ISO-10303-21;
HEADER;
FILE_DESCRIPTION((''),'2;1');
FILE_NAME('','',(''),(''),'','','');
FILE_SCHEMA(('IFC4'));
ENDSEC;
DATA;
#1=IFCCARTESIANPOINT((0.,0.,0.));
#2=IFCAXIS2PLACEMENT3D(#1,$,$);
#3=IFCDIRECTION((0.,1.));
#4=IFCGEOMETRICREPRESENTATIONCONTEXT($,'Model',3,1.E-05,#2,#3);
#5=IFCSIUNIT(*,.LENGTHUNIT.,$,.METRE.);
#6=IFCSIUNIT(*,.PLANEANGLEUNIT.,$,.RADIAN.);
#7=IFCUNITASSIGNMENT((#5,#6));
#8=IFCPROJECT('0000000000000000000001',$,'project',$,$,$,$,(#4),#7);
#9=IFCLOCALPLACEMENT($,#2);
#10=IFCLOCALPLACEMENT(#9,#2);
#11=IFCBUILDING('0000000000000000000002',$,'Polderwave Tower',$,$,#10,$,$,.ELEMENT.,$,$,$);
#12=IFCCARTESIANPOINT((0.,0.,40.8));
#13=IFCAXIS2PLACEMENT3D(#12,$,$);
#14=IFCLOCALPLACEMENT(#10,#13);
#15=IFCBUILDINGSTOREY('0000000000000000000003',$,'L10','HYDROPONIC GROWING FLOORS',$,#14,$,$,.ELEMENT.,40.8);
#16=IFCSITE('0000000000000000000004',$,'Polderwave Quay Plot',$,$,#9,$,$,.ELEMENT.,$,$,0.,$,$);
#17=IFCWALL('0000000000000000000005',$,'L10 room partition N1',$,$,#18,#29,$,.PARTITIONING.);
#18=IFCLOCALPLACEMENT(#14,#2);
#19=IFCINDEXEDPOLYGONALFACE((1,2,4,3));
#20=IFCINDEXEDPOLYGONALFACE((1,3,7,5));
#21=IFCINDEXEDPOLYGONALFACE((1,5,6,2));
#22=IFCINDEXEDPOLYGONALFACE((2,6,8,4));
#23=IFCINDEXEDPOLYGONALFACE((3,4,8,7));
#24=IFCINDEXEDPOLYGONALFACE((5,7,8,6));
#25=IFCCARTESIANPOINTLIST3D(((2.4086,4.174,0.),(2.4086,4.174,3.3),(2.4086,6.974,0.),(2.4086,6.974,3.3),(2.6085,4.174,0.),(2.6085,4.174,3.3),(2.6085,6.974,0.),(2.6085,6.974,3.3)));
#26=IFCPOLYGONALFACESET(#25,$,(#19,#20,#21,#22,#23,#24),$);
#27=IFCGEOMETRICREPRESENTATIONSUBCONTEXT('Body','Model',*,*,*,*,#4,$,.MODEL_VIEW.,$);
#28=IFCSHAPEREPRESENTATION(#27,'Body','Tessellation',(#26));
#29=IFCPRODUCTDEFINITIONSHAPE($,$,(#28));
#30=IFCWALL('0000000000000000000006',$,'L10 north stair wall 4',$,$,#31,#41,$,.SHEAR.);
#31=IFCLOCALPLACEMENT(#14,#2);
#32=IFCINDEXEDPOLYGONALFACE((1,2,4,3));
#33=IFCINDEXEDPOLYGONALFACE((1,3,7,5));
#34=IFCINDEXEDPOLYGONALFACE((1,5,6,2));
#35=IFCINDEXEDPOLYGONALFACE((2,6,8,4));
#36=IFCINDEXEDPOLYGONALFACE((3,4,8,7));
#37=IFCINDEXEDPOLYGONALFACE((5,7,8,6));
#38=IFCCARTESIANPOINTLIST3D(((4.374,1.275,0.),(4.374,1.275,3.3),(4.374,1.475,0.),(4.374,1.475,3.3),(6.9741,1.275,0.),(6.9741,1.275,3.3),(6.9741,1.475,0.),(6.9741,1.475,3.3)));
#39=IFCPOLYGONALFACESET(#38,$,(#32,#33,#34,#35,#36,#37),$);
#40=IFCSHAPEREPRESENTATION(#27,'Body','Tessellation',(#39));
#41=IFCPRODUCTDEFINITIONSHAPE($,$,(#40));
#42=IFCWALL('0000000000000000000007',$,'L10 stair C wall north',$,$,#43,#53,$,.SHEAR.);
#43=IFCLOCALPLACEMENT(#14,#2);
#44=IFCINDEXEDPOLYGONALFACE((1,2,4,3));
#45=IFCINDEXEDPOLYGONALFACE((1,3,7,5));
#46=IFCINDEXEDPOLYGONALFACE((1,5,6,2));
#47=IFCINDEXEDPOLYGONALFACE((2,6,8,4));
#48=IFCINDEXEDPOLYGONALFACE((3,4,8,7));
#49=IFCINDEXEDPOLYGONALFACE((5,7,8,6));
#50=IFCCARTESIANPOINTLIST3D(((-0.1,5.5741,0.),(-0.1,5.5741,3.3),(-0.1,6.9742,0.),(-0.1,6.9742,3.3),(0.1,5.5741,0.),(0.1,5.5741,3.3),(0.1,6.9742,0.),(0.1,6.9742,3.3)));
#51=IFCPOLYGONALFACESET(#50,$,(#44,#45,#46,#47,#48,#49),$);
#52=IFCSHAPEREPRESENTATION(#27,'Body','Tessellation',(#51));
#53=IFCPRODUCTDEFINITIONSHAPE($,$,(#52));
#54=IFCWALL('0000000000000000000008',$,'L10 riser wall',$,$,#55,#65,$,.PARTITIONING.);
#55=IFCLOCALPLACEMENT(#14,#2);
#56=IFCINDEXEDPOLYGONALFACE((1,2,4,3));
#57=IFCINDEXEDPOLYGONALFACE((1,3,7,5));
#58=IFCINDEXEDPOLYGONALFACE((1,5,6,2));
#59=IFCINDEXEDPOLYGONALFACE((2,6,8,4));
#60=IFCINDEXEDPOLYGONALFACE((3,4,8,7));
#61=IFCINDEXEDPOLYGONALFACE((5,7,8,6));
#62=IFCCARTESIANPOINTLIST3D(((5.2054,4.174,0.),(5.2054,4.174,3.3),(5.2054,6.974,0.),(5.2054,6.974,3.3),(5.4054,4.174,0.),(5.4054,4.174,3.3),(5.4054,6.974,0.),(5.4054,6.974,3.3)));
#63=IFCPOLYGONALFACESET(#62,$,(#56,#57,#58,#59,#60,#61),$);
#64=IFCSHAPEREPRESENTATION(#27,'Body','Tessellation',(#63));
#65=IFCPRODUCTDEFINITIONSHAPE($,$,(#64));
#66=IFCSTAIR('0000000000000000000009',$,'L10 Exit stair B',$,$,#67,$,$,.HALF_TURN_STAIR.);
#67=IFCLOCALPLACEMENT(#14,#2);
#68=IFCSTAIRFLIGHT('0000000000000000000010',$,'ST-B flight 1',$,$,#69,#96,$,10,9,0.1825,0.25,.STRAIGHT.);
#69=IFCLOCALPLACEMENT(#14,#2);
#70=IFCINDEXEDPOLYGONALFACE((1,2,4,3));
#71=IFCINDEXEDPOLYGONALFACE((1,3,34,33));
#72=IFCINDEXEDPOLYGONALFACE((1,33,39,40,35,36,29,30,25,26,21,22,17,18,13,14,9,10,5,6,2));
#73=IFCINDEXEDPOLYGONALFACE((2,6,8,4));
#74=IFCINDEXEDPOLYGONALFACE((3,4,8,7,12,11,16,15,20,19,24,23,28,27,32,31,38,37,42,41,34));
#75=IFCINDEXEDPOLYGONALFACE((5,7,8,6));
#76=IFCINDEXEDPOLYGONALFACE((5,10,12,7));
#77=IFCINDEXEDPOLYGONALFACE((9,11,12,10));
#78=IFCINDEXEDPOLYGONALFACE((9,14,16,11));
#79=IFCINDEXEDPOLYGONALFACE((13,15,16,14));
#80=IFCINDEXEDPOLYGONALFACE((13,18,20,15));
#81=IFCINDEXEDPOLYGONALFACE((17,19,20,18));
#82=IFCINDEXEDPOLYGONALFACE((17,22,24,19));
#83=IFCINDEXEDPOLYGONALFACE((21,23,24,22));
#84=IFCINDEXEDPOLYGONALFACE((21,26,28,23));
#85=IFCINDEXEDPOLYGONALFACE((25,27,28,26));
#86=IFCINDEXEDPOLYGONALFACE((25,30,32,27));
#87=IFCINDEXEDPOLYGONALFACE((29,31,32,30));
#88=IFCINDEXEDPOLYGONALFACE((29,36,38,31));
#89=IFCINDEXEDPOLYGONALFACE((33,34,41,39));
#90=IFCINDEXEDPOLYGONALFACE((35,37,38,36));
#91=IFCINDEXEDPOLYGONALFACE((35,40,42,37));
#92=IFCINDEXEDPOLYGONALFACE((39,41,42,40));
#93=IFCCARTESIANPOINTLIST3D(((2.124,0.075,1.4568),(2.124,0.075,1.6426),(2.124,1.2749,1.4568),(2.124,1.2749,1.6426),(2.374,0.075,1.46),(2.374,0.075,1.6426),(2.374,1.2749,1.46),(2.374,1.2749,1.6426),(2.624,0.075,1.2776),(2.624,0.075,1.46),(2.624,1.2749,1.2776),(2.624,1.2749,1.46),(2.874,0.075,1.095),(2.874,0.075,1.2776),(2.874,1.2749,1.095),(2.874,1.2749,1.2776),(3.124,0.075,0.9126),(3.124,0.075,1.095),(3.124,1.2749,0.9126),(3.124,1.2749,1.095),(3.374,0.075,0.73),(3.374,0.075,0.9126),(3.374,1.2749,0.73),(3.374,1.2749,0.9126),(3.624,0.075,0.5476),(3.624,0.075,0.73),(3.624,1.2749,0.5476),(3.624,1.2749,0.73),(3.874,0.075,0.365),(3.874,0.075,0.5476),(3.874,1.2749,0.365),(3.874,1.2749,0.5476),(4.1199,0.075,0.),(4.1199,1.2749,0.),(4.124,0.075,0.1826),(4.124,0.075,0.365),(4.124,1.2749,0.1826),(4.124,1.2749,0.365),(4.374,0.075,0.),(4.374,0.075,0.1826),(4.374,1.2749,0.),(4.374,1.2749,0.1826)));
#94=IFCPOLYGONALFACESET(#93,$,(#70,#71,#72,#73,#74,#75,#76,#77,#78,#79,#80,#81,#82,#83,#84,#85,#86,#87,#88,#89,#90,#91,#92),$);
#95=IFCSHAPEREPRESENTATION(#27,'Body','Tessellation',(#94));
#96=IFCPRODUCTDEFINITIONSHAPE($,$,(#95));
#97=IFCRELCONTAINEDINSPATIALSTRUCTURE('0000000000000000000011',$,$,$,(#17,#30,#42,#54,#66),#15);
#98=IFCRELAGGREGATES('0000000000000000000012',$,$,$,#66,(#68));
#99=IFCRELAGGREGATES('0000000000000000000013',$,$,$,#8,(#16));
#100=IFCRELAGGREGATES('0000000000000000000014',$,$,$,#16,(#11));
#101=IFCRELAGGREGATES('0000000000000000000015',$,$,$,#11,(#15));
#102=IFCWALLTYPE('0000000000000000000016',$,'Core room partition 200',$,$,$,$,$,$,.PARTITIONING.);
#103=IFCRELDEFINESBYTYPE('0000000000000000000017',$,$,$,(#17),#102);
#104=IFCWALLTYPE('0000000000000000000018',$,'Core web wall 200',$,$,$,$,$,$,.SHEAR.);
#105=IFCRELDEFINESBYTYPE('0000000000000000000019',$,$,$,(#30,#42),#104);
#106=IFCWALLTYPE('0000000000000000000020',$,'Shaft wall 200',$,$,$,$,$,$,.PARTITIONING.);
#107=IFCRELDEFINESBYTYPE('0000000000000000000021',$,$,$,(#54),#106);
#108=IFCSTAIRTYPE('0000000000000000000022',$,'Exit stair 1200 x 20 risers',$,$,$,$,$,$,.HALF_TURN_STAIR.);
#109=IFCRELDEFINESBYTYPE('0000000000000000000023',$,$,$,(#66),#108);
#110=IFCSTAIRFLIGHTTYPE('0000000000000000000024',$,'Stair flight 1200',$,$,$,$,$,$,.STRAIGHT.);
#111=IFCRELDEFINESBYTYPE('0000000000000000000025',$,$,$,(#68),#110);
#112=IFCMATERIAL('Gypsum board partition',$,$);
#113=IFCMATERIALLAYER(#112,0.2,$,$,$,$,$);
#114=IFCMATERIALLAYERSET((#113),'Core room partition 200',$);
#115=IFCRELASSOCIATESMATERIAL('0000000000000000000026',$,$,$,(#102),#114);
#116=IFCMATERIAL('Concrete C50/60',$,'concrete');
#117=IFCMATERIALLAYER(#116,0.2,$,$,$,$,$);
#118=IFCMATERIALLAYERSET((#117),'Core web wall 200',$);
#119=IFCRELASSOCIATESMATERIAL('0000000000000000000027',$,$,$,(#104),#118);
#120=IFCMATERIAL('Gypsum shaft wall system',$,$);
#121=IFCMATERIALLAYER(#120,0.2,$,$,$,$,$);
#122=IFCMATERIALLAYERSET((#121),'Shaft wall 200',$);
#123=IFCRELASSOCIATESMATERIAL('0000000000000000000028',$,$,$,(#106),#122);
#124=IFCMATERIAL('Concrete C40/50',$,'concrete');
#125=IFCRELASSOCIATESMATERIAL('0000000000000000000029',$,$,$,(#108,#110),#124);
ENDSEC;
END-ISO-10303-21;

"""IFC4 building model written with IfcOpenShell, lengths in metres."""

from ifc_helpers import new_model, si_unit, direction, frame, frame_2d, origin, place, context, subcontext, project, spatial, polyline, rectangle, outline, extrude, material, layer, layer_set, type_object, element, aggregate, save


model = new_model("IFC4")

# Units and contexts
model_context = context("Model", 3, precision=1e-05, world=origin(), true_north=direction((0.0, 1.0)))
body_context = subcontext(model_context, "Body", "Model", "MODEL_VIEW")
ifc_project = project(units=[si_unit("LENGTHUNIT", "METRE"), si_unit("PLANEANGLEUNIT", "RADIAN")], contexts=[model_context])

# Site, building, storey
site_placement = place(None, origin())
site = spatial("IfcSite", under=ifc_project, at=site_placement, Name="Polderwave Quay Plot", CompositionType="ELEMENT", RefElevation=0.0)
building_placement = place(site_placement, origin())
building = spatial("IfcBuilding", under=site, at=building_placement, Name="Polderwave Tower", CompositionType="ELEMENT")
storey_placement = place(building_placement, frame((0.0, 0.0, 40.8)))
storey = spatial("IfcBuildingStorey", under=building, at=storey_placement, Name="L10", Description="HYDROPONIC GROWING FLOORS", CompositionType="ELEMENT", Elevation=40.8)

# Walls
ifc_material_1 = material(Name="Gypsum board partition")
ifc_layer_1 = layer(ifc_material_1, 0.2)
ifc_layer_set_1 = layer_set([ifc_layer_1], Name="Core room partition 200")
wall_type_1 = type_object("IfcWallType", Name="Core room partition 200", PredefinedType="PARTITIONING", material=ifc_layer_set_1)
wall_1_placement = place(storey_placement, frame((2.5085, 4.1741, 0.0), z_axis=(0.0, 0.0, 1.0), x_axis=(0.0, 1.0, 0.0)))
element("IfcWall", 1, at=wall_1_placement, inside=storey, type_object=wall_type_1, Name="L10 room partition N1", PredefinedType="PARTITIONING", context=body_context, shape_type="SweptSolid", body=[
    extrude(rectangle(XDim=2.8, YDim=0.2, at=frame_2d((1.3999, 0.0))), origin(), (0.0, 0.0, 1.0), 3.3),
])
ifc_material_2 = material(Name="Concrete C50/60", Category="concrete")
ifc_layer_2 = layer(ifc_material_2, 0.2)
ifc_layer_set_2 = layer_set([ifc_layer_2], Name="Core web wall 200")
wall_type_2 = type_object("IfcWallType", Name="Core web wall 200", PredefinedType="SHEAR", material=ifc_layer_set_2)
wall_2_placement = place(storey_placement, frame((4.374, 1.375, 0.0), z_axis=(0.0, 0.0, 1.0), x_axis=(1.0, 0.0, 0.0)))
element("IfcWall", 2, at=wall_2_placement, inside=storey, type_object=wall_type_2, Name="L10 north stair wall 4", PredefinedType="SHEAR", context=body_context, shape_type="SweptSolid", body=[
    extrude(rectangle(XDim=2.6001, YDim=0.2, at=frame_2d((1.3, 0.0))), origin(), (0.0, 0.0, 1.0), 3.3),
])
wall_3_placement = place(storey_placement, frame((0.0, 5.574, 0.0), z_axis=(0.0, 0.0, 1.0), x_axis=(0.0, 1.0, 0.0)))
element("IfcWall", 3, at=wall_3_placement, inside=storey, type_object=wall_type_2, Name="L10 stair C wall north", PredefinedType="SHEAR", context=body_context, shape_type="SweptSolid", body=[
    extrude(rectangle(XDim=1.4001, YDim=0.2, at=frame_2d((0.7002, 0.0))), origin(), (0.0, 0.0, 1.0), 3.3),
])
ifc_material_3 = material(Name="Gypsum shaft wall system")
ifc_layer_3 = layer(ifc_material_3, 0.2)
ifc_layer_set_3 = layer_set([ifc_layer_3], Name="Shaft wall 200")
wall_type_3 = type_object("IfcWallType", Name="Shaft wall 200", PredefinedType="PARTITIONING", material=ifc_layer_set_3)
wall_4_placement = place(storey_placement, frame((5.3054, 4.1741, 0.0), z_axis=(0.0, 0.0, 1.0), x_axis=(0.0, 1.0, 0.0)))
element("IfcWall", 4, at=wall_4_placement, inside=storey, type_object=wall_type_3, Name="L10 riser wall", PredefinedType="PARTITIONING", context=body_context, shape_type="SweptSolid", body=[
    extrude(rectangle(XDim=2.8, YDim=0.2, at=frame_2d((1.3999, 0.0))), origin(), (0.0, 0.0, 1.0), 3.3),
])

# Stair, stair flight
ifc_material_4 = material(Name="Concrete C40/50", Category="concrete")
stair_type = type_object("IfcStairType", Name="Exit stair 1200 x 20 risers", PredefinedType="HALF_TURN_STAIR", material=ifc_material_4)
stair_placement = place(storey_placement, origin())
stair = element("IfcStair", 5, at=stair_placement, inside=storey, type_object=stair_type, Name="L10 Exit stair B", PredefinedType="HALF_TURN_STAIR")
stair_flight_type = type_object("IfcStairFlightType", Name="Stair flight 1200", PredefinedType="STRAIGHT", material=ifc_material_4)
stair_flight_placement = place(storey_placement, frame((4.374, 0.675, 0.0), z_axis=(0.0, 0.0, 1.0), x_axis=(-1.0, 0.0, 0.0)))
stair_flight = element("IfcStairFlight", 6, at=stair_flight_placement, type_object=stair_flight_type, Name="ST-B flight 1", NumberOfRisers=10, NumberOfTreads=9, PredefinedType="STRAIGHT", RiserHeight=0.1825, TreadLength=0.25, context=body_context, shape_type="SweptSolid", body=[
    extrude(outline(polyline([(0.0, 0.0), (0.0, 0.1826), (0.25, 0.1826), (0.25, 0.365), (0.5, 0.365), (0.5, 0.5476), (0.75, 0.5476), (0.75, 0.73), (1.0, 0.73), (1.0, 0.9126), (1.25, 0.9126), (1.25, 1.095), (1.5, 1.095), (1.5, 1.2776), (1.75, 1.2776), (1.75, 1.46), (2.0, 1.46), (2.0, 1.6426), (2.25, 1.6426), (2.25, 1.825), (2.25, 1.4568), (0.2542, 0.0), (0.0, 0.0)])), frame((0.0, 0.6001, 0.0), z_axis=(0.0, -1.0, 0.0), x_axis=(1.0, 0.0, 0.0)), (0.0, 0.0, 1.0), 1.2),
])
aggregate(stair, [stair_flight])

save(model, "model.ifc")
